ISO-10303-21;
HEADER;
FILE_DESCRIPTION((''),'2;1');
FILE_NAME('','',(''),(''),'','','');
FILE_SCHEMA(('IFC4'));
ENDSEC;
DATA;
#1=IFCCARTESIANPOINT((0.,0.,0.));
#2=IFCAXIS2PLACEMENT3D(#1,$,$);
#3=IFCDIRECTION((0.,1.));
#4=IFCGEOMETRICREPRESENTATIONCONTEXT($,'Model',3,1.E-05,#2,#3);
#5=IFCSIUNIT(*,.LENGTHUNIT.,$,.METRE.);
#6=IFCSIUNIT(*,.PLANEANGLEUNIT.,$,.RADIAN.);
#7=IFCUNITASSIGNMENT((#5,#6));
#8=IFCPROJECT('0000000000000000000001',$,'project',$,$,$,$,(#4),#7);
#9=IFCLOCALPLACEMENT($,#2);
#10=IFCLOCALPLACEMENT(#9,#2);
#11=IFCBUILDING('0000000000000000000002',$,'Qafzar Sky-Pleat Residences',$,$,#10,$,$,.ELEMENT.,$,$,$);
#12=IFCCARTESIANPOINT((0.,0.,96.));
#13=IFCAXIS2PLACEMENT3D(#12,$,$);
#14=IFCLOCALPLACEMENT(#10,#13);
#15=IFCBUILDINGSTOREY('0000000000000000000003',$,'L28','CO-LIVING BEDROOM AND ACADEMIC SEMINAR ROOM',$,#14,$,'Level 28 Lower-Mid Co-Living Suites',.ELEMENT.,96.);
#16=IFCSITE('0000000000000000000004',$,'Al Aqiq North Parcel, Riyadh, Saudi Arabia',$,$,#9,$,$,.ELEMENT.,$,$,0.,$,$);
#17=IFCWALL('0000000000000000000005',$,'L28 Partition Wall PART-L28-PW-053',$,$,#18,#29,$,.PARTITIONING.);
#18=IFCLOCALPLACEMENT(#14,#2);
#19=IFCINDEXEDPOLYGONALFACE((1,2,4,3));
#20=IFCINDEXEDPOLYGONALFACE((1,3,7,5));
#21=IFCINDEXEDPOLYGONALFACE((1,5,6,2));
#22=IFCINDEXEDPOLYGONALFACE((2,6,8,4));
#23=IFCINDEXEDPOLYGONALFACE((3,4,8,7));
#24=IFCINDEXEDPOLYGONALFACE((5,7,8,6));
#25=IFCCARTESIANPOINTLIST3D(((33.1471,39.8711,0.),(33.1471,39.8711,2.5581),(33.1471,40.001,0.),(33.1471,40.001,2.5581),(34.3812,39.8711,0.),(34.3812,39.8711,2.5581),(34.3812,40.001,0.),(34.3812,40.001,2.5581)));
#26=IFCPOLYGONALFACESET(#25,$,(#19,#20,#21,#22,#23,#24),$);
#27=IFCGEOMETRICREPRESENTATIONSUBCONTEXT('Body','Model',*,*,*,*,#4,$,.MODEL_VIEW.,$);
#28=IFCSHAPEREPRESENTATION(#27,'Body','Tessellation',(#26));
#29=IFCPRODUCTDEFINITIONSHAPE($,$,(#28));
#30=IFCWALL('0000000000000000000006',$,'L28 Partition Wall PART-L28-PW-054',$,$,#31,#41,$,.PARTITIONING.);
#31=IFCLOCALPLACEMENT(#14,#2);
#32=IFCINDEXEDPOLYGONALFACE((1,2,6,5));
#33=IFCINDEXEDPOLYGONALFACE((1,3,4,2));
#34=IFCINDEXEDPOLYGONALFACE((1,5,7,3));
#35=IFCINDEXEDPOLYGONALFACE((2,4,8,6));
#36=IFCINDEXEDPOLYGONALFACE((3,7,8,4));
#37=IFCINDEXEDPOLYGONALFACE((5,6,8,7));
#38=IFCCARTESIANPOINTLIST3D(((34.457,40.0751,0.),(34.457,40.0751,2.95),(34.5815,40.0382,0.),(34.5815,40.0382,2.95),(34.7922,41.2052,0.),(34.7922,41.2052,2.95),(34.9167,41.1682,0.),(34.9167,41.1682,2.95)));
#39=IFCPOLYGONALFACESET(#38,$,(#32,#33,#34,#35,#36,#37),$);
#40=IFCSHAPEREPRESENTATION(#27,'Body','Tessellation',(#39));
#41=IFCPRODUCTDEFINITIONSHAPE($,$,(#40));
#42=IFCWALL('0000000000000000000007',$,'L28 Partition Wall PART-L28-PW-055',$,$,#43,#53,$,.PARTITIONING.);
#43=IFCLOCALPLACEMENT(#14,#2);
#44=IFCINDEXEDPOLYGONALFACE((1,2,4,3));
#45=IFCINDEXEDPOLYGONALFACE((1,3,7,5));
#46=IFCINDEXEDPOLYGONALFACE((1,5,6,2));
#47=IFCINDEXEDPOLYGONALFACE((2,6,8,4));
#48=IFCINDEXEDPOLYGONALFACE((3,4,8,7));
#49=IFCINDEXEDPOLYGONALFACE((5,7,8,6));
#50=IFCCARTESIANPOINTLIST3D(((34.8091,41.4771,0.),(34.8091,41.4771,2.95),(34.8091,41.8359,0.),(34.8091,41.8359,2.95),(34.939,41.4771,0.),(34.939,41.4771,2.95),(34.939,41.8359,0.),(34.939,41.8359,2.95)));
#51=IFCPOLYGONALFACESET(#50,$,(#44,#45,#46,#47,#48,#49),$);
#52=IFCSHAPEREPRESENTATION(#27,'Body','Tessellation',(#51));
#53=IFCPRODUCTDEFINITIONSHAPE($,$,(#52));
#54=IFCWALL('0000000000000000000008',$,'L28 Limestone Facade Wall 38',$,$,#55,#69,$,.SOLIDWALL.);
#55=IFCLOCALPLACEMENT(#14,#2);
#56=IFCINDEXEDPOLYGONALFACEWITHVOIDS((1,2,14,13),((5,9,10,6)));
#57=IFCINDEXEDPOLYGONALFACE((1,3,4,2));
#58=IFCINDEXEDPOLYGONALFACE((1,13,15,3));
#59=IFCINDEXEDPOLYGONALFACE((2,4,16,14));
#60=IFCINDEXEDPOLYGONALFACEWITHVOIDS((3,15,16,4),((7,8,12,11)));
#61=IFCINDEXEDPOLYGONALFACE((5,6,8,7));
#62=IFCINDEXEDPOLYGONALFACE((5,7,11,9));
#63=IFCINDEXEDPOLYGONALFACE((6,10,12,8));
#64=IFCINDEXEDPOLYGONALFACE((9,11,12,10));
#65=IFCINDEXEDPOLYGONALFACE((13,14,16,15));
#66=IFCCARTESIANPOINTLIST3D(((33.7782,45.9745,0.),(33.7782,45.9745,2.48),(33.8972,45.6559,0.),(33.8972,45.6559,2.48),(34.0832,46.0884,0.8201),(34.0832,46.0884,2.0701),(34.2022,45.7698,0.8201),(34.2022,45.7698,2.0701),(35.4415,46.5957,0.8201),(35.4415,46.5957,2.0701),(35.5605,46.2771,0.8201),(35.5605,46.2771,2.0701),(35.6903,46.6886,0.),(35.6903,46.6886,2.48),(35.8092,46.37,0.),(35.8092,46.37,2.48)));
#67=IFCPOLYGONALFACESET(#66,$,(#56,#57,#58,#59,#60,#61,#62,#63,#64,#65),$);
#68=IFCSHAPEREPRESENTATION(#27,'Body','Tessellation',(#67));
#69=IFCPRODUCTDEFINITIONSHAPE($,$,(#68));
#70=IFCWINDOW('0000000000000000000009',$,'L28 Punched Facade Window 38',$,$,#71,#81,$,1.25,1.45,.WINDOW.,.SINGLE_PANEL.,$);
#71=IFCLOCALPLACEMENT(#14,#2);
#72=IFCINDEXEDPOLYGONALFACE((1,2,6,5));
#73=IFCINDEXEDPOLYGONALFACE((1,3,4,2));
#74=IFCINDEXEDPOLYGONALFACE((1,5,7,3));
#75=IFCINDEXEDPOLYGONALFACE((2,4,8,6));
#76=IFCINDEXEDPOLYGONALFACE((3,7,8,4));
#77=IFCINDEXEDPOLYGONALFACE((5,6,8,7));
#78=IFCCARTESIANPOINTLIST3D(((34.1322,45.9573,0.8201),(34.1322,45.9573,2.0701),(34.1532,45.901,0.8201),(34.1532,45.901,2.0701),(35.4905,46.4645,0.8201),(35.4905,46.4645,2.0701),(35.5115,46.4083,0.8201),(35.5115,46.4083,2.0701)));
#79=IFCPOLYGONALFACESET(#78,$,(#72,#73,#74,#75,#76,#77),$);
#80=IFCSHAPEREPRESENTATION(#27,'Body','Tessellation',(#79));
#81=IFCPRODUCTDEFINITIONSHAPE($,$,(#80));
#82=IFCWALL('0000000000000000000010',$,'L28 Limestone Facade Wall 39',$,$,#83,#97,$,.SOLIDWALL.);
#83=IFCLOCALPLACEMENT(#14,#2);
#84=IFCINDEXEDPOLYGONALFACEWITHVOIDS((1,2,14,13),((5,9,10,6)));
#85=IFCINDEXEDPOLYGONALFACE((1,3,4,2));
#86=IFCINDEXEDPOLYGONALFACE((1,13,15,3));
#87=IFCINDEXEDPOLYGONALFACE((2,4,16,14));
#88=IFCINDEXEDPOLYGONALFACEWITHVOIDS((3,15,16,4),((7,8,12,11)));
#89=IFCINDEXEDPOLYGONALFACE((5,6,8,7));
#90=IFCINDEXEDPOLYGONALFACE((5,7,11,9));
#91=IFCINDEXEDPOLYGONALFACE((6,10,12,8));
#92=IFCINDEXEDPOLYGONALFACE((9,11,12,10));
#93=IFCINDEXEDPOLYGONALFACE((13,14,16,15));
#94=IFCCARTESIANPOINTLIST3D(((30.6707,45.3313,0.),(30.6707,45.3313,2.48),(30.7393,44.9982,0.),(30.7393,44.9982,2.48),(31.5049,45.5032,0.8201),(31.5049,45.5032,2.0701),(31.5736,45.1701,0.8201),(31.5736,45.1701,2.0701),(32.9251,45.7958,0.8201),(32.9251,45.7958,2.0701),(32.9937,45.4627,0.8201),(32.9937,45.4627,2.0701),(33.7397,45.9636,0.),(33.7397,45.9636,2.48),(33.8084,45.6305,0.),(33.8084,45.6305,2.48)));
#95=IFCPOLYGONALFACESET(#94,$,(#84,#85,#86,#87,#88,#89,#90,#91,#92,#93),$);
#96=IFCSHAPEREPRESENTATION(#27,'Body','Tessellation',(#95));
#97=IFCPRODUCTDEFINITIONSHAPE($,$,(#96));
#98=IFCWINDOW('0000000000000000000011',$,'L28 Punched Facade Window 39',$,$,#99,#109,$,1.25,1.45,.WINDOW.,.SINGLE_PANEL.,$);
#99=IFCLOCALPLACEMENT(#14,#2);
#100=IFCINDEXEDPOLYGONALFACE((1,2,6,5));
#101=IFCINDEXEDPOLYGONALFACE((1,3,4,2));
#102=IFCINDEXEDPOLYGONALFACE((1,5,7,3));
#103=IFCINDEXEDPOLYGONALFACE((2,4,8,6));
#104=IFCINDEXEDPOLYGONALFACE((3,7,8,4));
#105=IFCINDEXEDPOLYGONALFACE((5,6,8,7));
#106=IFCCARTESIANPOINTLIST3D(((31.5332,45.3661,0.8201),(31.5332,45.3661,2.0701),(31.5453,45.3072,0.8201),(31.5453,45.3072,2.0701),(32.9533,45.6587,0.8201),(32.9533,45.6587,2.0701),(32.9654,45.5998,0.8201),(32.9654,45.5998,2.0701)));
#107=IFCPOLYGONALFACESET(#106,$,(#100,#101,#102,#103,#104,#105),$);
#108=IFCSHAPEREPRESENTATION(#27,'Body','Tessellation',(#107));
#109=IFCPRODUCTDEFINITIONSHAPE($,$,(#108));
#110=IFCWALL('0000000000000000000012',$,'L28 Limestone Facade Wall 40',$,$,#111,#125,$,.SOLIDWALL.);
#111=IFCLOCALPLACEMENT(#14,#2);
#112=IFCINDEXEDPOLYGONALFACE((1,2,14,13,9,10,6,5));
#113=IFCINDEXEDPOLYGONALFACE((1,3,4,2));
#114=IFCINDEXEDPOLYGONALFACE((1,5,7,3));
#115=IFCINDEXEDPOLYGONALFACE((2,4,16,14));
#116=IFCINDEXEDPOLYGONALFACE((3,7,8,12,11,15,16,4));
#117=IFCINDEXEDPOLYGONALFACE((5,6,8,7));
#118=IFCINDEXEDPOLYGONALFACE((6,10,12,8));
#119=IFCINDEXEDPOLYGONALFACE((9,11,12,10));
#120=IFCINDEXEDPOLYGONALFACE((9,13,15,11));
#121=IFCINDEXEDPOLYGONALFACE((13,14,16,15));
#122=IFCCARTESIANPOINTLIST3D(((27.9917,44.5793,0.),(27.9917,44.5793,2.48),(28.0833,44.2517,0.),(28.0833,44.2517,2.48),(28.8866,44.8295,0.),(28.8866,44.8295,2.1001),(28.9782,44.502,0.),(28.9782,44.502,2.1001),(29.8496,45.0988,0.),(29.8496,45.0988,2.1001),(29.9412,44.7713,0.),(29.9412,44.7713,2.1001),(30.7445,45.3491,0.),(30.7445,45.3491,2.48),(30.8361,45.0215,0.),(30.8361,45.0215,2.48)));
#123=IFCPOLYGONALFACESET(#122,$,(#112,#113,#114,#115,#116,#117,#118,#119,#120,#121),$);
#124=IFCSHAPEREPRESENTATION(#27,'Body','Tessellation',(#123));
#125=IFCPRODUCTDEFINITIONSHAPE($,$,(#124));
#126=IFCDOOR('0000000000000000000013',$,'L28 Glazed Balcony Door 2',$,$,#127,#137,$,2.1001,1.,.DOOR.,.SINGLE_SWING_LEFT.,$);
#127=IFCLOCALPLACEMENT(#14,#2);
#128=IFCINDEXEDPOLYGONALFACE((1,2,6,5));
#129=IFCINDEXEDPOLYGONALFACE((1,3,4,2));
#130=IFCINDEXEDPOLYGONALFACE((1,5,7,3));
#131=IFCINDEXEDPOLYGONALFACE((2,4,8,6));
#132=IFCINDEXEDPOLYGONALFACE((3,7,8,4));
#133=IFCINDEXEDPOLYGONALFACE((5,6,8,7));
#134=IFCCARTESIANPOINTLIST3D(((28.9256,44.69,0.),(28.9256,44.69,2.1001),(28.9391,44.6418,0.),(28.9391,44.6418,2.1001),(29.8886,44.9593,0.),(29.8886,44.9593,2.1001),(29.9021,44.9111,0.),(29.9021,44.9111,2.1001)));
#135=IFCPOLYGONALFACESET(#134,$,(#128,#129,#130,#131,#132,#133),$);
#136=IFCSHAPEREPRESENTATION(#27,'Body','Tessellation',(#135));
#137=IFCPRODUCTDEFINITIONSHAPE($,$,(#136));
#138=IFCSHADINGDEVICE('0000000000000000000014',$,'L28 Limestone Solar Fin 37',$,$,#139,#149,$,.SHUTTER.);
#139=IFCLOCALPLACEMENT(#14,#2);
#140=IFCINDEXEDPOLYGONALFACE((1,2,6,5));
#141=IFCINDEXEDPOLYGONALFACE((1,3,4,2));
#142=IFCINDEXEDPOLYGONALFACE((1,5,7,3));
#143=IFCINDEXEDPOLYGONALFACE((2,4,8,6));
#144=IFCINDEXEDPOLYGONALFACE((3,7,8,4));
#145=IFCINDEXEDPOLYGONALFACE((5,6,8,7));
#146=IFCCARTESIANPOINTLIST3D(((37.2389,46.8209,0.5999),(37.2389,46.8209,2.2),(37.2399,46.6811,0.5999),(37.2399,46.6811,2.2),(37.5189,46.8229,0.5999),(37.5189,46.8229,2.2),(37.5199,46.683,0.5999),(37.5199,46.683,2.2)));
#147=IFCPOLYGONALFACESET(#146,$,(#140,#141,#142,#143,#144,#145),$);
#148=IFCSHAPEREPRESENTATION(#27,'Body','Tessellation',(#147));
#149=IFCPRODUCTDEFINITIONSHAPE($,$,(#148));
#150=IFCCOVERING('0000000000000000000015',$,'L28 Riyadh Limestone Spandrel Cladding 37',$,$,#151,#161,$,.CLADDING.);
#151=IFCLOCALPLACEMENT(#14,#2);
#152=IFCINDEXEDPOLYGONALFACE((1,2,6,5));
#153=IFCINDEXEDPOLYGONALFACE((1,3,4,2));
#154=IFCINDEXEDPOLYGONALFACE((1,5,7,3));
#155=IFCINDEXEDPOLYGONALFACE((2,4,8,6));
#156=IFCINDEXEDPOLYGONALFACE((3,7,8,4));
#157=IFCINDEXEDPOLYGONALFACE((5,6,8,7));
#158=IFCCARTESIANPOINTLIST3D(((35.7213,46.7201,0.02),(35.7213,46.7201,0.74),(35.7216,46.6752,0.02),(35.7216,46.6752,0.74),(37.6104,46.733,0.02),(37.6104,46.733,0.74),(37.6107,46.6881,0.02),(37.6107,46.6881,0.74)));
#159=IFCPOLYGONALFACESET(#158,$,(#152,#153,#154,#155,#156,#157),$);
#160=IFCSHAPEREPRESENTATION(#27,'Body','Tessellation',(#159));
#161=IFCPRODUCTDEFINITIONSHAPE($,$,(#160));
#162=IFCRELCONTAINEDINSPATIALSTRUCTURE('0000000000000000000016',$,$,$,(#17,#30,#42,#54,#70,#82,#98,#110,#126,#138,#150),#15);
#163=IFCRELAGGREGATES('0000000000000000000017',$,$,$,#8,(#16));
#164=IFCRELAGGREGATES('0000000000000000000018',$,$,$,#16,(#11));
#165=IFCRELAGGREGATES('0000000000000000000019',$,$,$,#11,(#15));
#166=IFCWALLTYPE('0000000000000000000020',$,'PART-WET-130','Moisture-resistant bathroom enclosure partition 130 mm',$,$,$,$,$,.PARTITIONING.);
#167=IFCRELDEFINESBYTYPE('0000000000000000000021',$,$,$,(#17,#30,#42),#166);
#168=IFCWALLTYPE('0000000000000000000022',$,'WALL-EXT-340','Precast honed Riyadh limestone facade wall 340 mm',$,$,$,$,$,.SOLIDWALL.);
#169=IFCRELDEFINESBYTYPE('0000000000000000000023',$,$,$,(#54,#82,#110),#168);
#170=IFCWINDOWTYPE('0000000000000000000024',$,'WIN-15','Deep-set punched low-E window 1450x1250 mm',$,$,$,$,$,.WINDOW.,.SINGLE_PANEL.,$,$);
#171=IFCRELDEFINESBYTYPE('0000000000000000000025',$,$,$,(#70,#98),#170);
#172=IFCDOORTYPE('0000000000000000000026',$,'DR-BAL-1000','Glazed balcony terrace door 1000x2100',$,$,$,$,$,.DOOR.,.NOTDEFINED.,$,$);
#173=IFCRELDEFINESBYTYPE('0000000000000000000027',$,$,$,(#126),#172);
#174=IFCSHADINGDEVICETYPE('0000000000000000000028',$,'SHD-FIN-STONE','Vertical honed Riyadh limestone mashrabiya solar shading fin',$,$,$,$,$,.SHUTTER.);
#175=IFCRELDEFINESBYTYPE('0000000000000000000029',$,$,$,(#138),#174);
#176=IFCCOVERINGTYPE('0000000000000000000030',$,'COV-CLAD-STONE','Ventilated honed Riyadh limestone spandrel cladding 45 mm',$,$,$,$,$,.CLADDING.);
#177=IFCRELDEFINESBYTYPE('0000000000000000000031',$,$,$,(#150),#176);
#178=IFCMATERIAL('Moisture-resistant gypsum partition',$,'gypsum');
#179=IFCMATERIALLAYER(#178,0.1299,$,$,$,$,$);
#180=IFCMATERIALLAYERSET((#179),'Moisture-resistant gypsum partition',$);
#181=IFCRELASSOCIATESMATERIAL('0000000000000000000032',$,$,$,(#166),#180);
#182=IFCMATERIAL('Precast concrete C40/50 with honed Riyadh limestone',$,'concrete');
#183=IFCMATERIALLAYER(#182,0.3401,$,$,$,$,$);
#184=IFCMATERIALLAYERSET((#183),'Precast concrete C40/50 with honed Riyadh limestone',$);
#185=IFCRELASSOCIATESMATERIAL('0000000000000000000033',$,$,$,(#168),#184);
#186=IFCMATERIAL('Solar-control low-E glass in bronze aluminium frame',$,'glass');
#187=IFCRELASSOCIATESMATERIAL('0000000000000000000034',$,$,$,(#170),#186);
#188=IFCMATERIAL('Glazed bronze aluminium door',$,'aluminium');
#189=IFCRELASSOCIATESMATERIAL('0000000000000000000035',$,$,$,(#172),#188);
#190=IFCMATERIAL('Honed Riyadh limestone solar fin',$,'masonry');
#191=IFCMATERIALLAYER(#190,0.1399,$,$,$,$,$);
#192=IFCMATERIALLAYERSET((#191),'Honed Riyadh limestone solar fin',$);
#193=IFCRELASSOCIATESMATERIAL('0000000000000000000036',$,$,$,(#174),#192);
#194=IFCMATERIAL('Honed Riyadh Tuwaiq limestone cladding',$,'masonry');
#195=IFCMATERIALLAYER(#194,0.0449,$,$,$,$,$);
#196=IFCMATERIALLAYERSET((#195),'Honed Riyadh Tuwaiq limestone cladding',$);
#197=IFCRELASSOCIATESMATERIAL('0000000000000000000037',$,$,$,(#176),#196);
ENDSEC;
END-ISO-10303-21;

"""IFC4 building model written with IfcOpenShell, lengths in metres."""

from ifc_helpers import new_model, si_unit, direction, frame, frame_2d, origin, origin_2d, place, context, subcontext, project, spatial, rectangle, extrude, source, transform, mapped, material, layer, layer_set, type_object, element, fill, save


model = new_model("IFC4")

# Units and contexts
model_context = context("Model", 3, precision=1e-05, world=origin(), true_north=direction((0.0, 1.0)))
body_context = subcontext(model_context, "Body", "Model", "MODEL_VIEW")
ifc_project = project(units=[si_unit("LENGTHUNIT", "METRE"), si_unit("PLANEANGLEUNIT", "RADIAN")], contexts=[model_context])

# Site, building, storey
site_placement = place(None, origin())
site = spatial("IfcSite", under=ifc_project, at=site_placement, Name="Al Aqiq North Parcel, Riyadh, Saudi Arabia", CompositionType="ELEMENT", RefElevation=0.0)
building_placement = place(site_placement, origin())
building = spatial("IfcBuilding", under=site, at=building_placement, Name="Qafzar Sky-Pleat Residences", CompositionType="ELEMENT")
storey_placement = place(building_placement, frame((0.0, 0.0, 96.0)))
storey = spatial("IfcBuildingStorey", under=building, at=storey_placement, Name="L28", Description="CO-LIVING BEDROOM AND ACADEMIC SEMINAR ROOM", LongName="Level 28 Lower-Mid Co-Living Suites", CompositionType="ELEMENT", Elevation=96.0)

# Shared definitions
ifc_material_1 = material(Name="Moisture-resistant gypsum partition", Category="gypsum")
ifc_layer_1 = layer(ifc_material_1, 0.1299)
ifc_layer_set_1 = layer_set([ifc_layer_1], Name="Moisture-resistant gypsum partition")
wall_type_1 = type_object("IfcWallType", Name="PART-WET-130", Description="Moisture-resistant bathroom enclosure partition 130 mm", PredefinedType="PARTITIONING", material=ifc_layer_set_1)

# Walls
wall_1_placement = place(storey_placement, frame((33.147, 39.936, 0.0), z_axis=(0.0, 0.0, 1.0), x_axis=(1.0, 0.0, 0.0)))
element("IfcWall", 1, at=wall_1_placement, inside=storey, type_object=wall_type_1, Name="L28 Partition Wall PART-L28-PW-053", PredefinedType="PARTITIONING", context=body_context, shape_type="SweptSolid", body=[
    extrude(rectangle(XDim=1.2341, YDim=0.1299, at=frame_2d((0.6172, 0.0))), origin(), (0.0, 0.0, 1.0), 2.5581),
])
wall_2_placement = place(storey_placement, frame((34.5193, 40.0566, 0.0), z_axis=(0.0, 0.0, 1.0), x_axis=(0.284363, 0.958717, 0.0)))
element("IfcWall", 2, at=wall_2_placement, inside=storey, type_object=wall_type_1, Name="L28 Partition Wall PART-L28-PW-054", PredefinedType="PARTITIONING", context=body_context, shape_type="SweptSolid", body=[
    extrude(rectangle(XDim=1.1787, YDim=0.1299, at=frame_2d((0.5894, 0.0))), origin(), (0.0, 0.0, 1.0), 2.95),
])
wall_3_placement = place(storey_placement, frame((34.874, 41.4771, 0.0), z_axis=(0.0, 0.0, 1.0), x_axis=(0.0, 1.0, 0.0)))
element("IfcWall", 3, at=wall_3_placement, inside=storey, type_object=wall_type_1, Name="L28 Partition Wall PART-L28-PW-055", PredefinedType="PARTITIONING", context=body_context, shape_type="SweptSolid", body=[
    extrude(rectangle(XDim=0.3589, YDim=0.1299, at=frame_2d((0.1794, 0.0))), origin(), (0.0, 0.0, 1.0), 2.95),
])

# Walls, openings, windows
ifc_material_2 = material(Name="Precast concrete C40/50 with honed Riyadh limestone", Category="concrete")
ifc_layer_2 = layer(ifc_material_2, 0.3401)
ifc_layer_set_2 = layer_set([ifc_layer_2], Name="Precast concrete C40/50 with honed Riyadh limestone")
wall_type_2 = type_object("IfcWallType", Name="WALL-EXT-340", Description="Precast honed Riyadh limestone facade wall 340 mm", PredefinedType="SOLIDWALL", material=ifc_layer_set_2)
wall_4_placement = place(storey_placement, frame((35.7498, 46.5293, 0.0), z_axis=(0.0, 0.0, 1.0), x_axis=(-0.9368, -0.349865, 0.0)))
wall_4 = element("IfcWall", 4, at=wall_4_placement, inside=storey, type_object=wall_type_2, Name="L28 Limestone Facade Wall 38", PredefinedType="SOLIDWALL", context=body_context, shape_type="SweptSolid", body=[
    extrude(rectangle(XDim=2.041, YDim=0.3401, at=frame_2d((1.0205, 0.0))), origin(), (0.0, 0.0, 1.0), 2.48),
])
opening_1_placement = place(wall_4_placement, frame((0.2654, 0.0, 0.8201)))
opening_1 = element("IfcOpeningElement", 5, at=opening_1_placement, cuts=wall_4, PredefinedType="OPENING", context=body_context, shape_type="SweptSolid", body=[
    extrude(rectangle(XDim=1.45, YDim=1.25, at=frame_2d((0.7251, 0.625))), frame((0.0, 0.1802, 0.0), z_axis=(0.0, -1.0, 0.0), x_axis=(1.0, 0.0, 0.0)), (0.0, 0.0, 1.0), 0.3601),
])
ifc_material_3 = material(Name="Solar-control low-E glass in bronze aluminium frame", Category="glass")
window_type = type_object("IfcWindowType", Name="WIN-15", Description="Deep-set punched low-E window 1450x1250 mm", PartitioningType="SINGLE_PANEL", PredefinedType="WINDOW", material=ifc_material_3)
shared_shape_1 = source(origin(), body_context, "Body", "SweptSolid", [
    extrude(rectangle(XDim=1.45, YDim=1.25, at=frame_2d((0.7251, 0.625))), frame((0.0, 0.03, 0.0), z_axis=(0.0, -1.0, 0.0), x_axis=(1.0, 0.0, 0.0)), (0.0, 0.0, 1.0), 0.0601),
])
window_1_placement = place(opening_1_placement, origin())
window_1 = element("IfcWindow", 6, at=window_1_placement, inside=storey, type_object=window_type, Name="L28 Punched Facade Window 38", OverallHeight=1.25, OverallWidth=1.45, PartitioningType="SINGLE_PANEL", PredefinedType="WINDOW", context=body_context, shape_type="MappedRepresentation", body=[
    mapped(shared_shape_1, transform((0.0, 0.0, 0.0), x_axis=(1.0, 0.0, 0.0), y_axis=(0.0, 1.0, 0.0), z_axis=(0.0, 0.0, 1.0), scale=1.0)),
])
fill(opening_1, window_1)
wall_5_placement = place(storey_placement, frame((33.7742, 45.7971, 0.0), z_axis=(0.0, 0.0, 1.0), x_axis=(-0.979429, -0.201791, 0.0)))
wall_5 = element("IfcWall", 7, at=wall_5_placement, inside=storey, type_object=wall_type_2, Name="L28 Limestone Facade Wall 39", PredefinedType="SOLIDWALL", context=body_context, shape_type="SweptSolid", body=[
    extrude(rectangle(XDim=3.1335, YDim=0.3401, at=frame_2d((1.5669, 0.0))), origin(), (0.0, 0.0, 1.0), 2.48),
])
opening_2_placement = place(wall_5_placement, frame((0.8318, 0.0, 0.8201)))
opening_2 = element("IfcOpeningElement", 8, at=opening_2_placement, cuts=wall_5, PredefinedType="OPENING", context=body_context, shape_type="SweptSolid", body=[
    extrude(rectangle(XDim=1.45, YDim=1.25, at=frame_2d((0.7251, 0.625))), frame((0.0, 0.1802, 0.0), z_axis=(0.0, -1.0, 0.0), x_axis=(1.0, 0.0, 0.0)), (0.0, 0.0, 1.0), 0.3601),
])
window_2_placement = place(opening_2_placement, origin())
window_2 = element("IfcWindow", 9, at=window_2_placement, inside=storey, type_object=window_type, Name="L28 Punched Facade Window 39", OverallHeight=1.25, OverallWidth=1.45, PartitioningType="SINGLE_PANEL", PredefinedType="WINDOW", context=body_context, shape_type="MappedRepresentation", body=[
    mapped(shared_shape_1, transform((0.0, 0.0, 0.0), x_axis=(1.0, 0.0, 0.0), y_axis=(0.0, 1.0, 0.0), z_axis=(0.0, 0.0, 1.0), scale=1.0)),
])
fill(opening_2, window_2)

# Wall, opening, door
wall_6_placement = place(storey_placement, frame((30.7903, 45.1853, 0.0), z_axis=(0.0, 0.0, 1.0), x_axis=(-0.963053, -0.269313, 0.0)))
wall_6 = element("IfcWall", 10, at=wall_6_placement, inside=storey, type_object=wall_type_2, Name="L28 Limestone Facade Wall 40", PredefinedType="SOLIDWALL", context=body_context, shape_type="SweptSolid", body=[
    extrude(rectangle(XDim=2.8584, YDim=0.3401, at=frame_2d((1.4292, 0.0))), origin(), (0.0, 0.0, 1.0), 2.48),
])
opening_3_placement = place(wall_6_placement, frame((0.9292, 0.0, 0.0)))
opening_3 = element("IfcOpeningElement", 11, at=opening_3_placement, cuts=wall_6, PredefinedType="OPENING", context=body_context, shape_type="SweptSolid", body=[
    extrude(rectangle(XDim=1.0, YDim=2.1001, at=frame_2d((0.5, 1.05))), frame((0.0, 0.1802, 0.0), z_axis=(0.0, -1.0, 0.0), x_axis=(1.0, 0.0, 0.0)), (0.0, 0.0, 1.0), 0.3601),
])
ifc_material_4 = material(Name="Glazed bronze aluminium door", Category="aluminium")
door_type_1 = type_object("IfcDoorType", Name="DR-BAL-1000", Description="Glazed balcony terrace door 1000x2100", OperationType="NOTDEFINED", PredefinedType="DOOR", material=ifc_material_4)
shared_shape_2 = source(origin(), body_context, "Body", "SweptSolid", [
    extrude(rectangle(XDim=1.0, YDim=2.1001, at=frame_2d((0.5, 1.05))), frame((0.0, 0.0249, 0.0), z_axis=(0.0, -1.0, 0.0), x_axis=(1.0, 0.0, 0.0)), (0.0, 0.0, 1.0), 0.05),
])
door_1_placement = place(opening_3_placement, origin())
door_1 = element("IfcDoor", 12, at=door_1_placement, inside=storey, type_object=door_type_1, Name="L28 Glazed Balcony Door 2", OperationType="SINGLE_SWING_LEFT", OverallHeight=2.1001, OverallWidth=1.0, PredefinedType="DOOR", context=body_context, shape_type="MappedRepresentation", body=[
    mapped(shared_shape_2, transform((0.0, 0.0, 0.0), x_axis=(1.0, 0.0, 0.0), y_axis=(0.0, 1.0, 0.0), z_axis=(0.0, 0.0, 1.0), scale=1.0)),
])
fill(opening_3, door_1)

# Shading device
ifc_material_5 = material(Name="Honed Riyadh limestone solar fin", Category="masonry")
ifc_layer_3 = layer(ifc_material_5, 0.1399)
ifc_layer_set_3 = layer_set([ifc_layer_3], Name="Honed Riyadh limestone solar fin")
shading_device_type = type_object("IfcShadingDeviceType", Name="SHD-FIN-STONE", Description="Vertical honed Riyadh limestone mashrabiya solar shading fin", PredefinedType="SHUTTER", material=ifc_layer_set_3)
shared_shape_3 = source(origin(), body_context, "Body", "SweptSolid", [
    extrude(rectangle(XDim=0.1399, YDim=0.28, at=origin_2d()), origin(), (0.0, 0.0, 1.0), 1.6001),
])
shading_device_placement = place(storey_placement, frame((37.3794, 46.752, 0.5999), z_axis=(0.0, 0.0, 1.0), x_axis=(-0.006822, 0.999977, 0.0)))
element("IfcShadingDevice", 13, at=shading_device_placement, inside=storey, type_object=shading_device_type, Name="L28 Limestone Solar Fin 37", PredefinedType="SHUTTER", context=body_context, shape_type="MappedRepresentation", body=[
    mapped(shared_shape_3, transform((0.0, 0.0, 0.0), x_axis=(1.0, 0.0, 0.0), y_axis=(0.0, 1.0, 0.0), z_axis=(0.0, 0.0, 1.0), scale=1.0)),
])

# Covering
ifc_material_6 = material(Name="Honed Riyadh Tuwaiq limestone cladding", Category="masonry")
ifc_layer_4 = layer(ifc_material_6, 0.0449)
ifc_layer_set_4 = layer_set([ifc_layer_4], Name="Honed Riyadh Tuwaiq limestone cladding")
covering_type = type_object("IfcCoveringType", Name="COV-CLAD-STONE", Description="Ventilated honed Riyadh limestone spandrel cladding 45 mm", PredefinedType="CLADDING", material=ifc_layer_set_4)
shared_shape_4 = source(origin(), body_context, "Body", "SweptSolid", [
    extrude(rectangle(XDim=1.8892, YDim=0.0449, at=origin_2d()), origin(), (0.0, 0.0, 1.0), 0.72),
])
covering_placement = place(storey_placement, frame((36.666, 46.7041, 0.02), z_axis=(0.0, 0.0, 1.0), x_axis=(-0.999976, -0.006861, 0.0)))
element("IfcCovering", 14, at=covering_placement, inside=storey, type_object=covering_type, Name="L28 Riyadh Limestone Spandrel Cladding 37", PredefinedType="CLADDING", context=body_context, shape_type="MappedRepresentation", body=[
    mapped(shared_shape_4, transform((0.0, 0.0, 0.0), x_axis=(1.0, 0.0, 0.0), y_axis=(0.0, 1.0, 0.0), z_axis=(0.0, 0.0, 1.0), scale=1.0)),
])

save(model, "model.ifc")
